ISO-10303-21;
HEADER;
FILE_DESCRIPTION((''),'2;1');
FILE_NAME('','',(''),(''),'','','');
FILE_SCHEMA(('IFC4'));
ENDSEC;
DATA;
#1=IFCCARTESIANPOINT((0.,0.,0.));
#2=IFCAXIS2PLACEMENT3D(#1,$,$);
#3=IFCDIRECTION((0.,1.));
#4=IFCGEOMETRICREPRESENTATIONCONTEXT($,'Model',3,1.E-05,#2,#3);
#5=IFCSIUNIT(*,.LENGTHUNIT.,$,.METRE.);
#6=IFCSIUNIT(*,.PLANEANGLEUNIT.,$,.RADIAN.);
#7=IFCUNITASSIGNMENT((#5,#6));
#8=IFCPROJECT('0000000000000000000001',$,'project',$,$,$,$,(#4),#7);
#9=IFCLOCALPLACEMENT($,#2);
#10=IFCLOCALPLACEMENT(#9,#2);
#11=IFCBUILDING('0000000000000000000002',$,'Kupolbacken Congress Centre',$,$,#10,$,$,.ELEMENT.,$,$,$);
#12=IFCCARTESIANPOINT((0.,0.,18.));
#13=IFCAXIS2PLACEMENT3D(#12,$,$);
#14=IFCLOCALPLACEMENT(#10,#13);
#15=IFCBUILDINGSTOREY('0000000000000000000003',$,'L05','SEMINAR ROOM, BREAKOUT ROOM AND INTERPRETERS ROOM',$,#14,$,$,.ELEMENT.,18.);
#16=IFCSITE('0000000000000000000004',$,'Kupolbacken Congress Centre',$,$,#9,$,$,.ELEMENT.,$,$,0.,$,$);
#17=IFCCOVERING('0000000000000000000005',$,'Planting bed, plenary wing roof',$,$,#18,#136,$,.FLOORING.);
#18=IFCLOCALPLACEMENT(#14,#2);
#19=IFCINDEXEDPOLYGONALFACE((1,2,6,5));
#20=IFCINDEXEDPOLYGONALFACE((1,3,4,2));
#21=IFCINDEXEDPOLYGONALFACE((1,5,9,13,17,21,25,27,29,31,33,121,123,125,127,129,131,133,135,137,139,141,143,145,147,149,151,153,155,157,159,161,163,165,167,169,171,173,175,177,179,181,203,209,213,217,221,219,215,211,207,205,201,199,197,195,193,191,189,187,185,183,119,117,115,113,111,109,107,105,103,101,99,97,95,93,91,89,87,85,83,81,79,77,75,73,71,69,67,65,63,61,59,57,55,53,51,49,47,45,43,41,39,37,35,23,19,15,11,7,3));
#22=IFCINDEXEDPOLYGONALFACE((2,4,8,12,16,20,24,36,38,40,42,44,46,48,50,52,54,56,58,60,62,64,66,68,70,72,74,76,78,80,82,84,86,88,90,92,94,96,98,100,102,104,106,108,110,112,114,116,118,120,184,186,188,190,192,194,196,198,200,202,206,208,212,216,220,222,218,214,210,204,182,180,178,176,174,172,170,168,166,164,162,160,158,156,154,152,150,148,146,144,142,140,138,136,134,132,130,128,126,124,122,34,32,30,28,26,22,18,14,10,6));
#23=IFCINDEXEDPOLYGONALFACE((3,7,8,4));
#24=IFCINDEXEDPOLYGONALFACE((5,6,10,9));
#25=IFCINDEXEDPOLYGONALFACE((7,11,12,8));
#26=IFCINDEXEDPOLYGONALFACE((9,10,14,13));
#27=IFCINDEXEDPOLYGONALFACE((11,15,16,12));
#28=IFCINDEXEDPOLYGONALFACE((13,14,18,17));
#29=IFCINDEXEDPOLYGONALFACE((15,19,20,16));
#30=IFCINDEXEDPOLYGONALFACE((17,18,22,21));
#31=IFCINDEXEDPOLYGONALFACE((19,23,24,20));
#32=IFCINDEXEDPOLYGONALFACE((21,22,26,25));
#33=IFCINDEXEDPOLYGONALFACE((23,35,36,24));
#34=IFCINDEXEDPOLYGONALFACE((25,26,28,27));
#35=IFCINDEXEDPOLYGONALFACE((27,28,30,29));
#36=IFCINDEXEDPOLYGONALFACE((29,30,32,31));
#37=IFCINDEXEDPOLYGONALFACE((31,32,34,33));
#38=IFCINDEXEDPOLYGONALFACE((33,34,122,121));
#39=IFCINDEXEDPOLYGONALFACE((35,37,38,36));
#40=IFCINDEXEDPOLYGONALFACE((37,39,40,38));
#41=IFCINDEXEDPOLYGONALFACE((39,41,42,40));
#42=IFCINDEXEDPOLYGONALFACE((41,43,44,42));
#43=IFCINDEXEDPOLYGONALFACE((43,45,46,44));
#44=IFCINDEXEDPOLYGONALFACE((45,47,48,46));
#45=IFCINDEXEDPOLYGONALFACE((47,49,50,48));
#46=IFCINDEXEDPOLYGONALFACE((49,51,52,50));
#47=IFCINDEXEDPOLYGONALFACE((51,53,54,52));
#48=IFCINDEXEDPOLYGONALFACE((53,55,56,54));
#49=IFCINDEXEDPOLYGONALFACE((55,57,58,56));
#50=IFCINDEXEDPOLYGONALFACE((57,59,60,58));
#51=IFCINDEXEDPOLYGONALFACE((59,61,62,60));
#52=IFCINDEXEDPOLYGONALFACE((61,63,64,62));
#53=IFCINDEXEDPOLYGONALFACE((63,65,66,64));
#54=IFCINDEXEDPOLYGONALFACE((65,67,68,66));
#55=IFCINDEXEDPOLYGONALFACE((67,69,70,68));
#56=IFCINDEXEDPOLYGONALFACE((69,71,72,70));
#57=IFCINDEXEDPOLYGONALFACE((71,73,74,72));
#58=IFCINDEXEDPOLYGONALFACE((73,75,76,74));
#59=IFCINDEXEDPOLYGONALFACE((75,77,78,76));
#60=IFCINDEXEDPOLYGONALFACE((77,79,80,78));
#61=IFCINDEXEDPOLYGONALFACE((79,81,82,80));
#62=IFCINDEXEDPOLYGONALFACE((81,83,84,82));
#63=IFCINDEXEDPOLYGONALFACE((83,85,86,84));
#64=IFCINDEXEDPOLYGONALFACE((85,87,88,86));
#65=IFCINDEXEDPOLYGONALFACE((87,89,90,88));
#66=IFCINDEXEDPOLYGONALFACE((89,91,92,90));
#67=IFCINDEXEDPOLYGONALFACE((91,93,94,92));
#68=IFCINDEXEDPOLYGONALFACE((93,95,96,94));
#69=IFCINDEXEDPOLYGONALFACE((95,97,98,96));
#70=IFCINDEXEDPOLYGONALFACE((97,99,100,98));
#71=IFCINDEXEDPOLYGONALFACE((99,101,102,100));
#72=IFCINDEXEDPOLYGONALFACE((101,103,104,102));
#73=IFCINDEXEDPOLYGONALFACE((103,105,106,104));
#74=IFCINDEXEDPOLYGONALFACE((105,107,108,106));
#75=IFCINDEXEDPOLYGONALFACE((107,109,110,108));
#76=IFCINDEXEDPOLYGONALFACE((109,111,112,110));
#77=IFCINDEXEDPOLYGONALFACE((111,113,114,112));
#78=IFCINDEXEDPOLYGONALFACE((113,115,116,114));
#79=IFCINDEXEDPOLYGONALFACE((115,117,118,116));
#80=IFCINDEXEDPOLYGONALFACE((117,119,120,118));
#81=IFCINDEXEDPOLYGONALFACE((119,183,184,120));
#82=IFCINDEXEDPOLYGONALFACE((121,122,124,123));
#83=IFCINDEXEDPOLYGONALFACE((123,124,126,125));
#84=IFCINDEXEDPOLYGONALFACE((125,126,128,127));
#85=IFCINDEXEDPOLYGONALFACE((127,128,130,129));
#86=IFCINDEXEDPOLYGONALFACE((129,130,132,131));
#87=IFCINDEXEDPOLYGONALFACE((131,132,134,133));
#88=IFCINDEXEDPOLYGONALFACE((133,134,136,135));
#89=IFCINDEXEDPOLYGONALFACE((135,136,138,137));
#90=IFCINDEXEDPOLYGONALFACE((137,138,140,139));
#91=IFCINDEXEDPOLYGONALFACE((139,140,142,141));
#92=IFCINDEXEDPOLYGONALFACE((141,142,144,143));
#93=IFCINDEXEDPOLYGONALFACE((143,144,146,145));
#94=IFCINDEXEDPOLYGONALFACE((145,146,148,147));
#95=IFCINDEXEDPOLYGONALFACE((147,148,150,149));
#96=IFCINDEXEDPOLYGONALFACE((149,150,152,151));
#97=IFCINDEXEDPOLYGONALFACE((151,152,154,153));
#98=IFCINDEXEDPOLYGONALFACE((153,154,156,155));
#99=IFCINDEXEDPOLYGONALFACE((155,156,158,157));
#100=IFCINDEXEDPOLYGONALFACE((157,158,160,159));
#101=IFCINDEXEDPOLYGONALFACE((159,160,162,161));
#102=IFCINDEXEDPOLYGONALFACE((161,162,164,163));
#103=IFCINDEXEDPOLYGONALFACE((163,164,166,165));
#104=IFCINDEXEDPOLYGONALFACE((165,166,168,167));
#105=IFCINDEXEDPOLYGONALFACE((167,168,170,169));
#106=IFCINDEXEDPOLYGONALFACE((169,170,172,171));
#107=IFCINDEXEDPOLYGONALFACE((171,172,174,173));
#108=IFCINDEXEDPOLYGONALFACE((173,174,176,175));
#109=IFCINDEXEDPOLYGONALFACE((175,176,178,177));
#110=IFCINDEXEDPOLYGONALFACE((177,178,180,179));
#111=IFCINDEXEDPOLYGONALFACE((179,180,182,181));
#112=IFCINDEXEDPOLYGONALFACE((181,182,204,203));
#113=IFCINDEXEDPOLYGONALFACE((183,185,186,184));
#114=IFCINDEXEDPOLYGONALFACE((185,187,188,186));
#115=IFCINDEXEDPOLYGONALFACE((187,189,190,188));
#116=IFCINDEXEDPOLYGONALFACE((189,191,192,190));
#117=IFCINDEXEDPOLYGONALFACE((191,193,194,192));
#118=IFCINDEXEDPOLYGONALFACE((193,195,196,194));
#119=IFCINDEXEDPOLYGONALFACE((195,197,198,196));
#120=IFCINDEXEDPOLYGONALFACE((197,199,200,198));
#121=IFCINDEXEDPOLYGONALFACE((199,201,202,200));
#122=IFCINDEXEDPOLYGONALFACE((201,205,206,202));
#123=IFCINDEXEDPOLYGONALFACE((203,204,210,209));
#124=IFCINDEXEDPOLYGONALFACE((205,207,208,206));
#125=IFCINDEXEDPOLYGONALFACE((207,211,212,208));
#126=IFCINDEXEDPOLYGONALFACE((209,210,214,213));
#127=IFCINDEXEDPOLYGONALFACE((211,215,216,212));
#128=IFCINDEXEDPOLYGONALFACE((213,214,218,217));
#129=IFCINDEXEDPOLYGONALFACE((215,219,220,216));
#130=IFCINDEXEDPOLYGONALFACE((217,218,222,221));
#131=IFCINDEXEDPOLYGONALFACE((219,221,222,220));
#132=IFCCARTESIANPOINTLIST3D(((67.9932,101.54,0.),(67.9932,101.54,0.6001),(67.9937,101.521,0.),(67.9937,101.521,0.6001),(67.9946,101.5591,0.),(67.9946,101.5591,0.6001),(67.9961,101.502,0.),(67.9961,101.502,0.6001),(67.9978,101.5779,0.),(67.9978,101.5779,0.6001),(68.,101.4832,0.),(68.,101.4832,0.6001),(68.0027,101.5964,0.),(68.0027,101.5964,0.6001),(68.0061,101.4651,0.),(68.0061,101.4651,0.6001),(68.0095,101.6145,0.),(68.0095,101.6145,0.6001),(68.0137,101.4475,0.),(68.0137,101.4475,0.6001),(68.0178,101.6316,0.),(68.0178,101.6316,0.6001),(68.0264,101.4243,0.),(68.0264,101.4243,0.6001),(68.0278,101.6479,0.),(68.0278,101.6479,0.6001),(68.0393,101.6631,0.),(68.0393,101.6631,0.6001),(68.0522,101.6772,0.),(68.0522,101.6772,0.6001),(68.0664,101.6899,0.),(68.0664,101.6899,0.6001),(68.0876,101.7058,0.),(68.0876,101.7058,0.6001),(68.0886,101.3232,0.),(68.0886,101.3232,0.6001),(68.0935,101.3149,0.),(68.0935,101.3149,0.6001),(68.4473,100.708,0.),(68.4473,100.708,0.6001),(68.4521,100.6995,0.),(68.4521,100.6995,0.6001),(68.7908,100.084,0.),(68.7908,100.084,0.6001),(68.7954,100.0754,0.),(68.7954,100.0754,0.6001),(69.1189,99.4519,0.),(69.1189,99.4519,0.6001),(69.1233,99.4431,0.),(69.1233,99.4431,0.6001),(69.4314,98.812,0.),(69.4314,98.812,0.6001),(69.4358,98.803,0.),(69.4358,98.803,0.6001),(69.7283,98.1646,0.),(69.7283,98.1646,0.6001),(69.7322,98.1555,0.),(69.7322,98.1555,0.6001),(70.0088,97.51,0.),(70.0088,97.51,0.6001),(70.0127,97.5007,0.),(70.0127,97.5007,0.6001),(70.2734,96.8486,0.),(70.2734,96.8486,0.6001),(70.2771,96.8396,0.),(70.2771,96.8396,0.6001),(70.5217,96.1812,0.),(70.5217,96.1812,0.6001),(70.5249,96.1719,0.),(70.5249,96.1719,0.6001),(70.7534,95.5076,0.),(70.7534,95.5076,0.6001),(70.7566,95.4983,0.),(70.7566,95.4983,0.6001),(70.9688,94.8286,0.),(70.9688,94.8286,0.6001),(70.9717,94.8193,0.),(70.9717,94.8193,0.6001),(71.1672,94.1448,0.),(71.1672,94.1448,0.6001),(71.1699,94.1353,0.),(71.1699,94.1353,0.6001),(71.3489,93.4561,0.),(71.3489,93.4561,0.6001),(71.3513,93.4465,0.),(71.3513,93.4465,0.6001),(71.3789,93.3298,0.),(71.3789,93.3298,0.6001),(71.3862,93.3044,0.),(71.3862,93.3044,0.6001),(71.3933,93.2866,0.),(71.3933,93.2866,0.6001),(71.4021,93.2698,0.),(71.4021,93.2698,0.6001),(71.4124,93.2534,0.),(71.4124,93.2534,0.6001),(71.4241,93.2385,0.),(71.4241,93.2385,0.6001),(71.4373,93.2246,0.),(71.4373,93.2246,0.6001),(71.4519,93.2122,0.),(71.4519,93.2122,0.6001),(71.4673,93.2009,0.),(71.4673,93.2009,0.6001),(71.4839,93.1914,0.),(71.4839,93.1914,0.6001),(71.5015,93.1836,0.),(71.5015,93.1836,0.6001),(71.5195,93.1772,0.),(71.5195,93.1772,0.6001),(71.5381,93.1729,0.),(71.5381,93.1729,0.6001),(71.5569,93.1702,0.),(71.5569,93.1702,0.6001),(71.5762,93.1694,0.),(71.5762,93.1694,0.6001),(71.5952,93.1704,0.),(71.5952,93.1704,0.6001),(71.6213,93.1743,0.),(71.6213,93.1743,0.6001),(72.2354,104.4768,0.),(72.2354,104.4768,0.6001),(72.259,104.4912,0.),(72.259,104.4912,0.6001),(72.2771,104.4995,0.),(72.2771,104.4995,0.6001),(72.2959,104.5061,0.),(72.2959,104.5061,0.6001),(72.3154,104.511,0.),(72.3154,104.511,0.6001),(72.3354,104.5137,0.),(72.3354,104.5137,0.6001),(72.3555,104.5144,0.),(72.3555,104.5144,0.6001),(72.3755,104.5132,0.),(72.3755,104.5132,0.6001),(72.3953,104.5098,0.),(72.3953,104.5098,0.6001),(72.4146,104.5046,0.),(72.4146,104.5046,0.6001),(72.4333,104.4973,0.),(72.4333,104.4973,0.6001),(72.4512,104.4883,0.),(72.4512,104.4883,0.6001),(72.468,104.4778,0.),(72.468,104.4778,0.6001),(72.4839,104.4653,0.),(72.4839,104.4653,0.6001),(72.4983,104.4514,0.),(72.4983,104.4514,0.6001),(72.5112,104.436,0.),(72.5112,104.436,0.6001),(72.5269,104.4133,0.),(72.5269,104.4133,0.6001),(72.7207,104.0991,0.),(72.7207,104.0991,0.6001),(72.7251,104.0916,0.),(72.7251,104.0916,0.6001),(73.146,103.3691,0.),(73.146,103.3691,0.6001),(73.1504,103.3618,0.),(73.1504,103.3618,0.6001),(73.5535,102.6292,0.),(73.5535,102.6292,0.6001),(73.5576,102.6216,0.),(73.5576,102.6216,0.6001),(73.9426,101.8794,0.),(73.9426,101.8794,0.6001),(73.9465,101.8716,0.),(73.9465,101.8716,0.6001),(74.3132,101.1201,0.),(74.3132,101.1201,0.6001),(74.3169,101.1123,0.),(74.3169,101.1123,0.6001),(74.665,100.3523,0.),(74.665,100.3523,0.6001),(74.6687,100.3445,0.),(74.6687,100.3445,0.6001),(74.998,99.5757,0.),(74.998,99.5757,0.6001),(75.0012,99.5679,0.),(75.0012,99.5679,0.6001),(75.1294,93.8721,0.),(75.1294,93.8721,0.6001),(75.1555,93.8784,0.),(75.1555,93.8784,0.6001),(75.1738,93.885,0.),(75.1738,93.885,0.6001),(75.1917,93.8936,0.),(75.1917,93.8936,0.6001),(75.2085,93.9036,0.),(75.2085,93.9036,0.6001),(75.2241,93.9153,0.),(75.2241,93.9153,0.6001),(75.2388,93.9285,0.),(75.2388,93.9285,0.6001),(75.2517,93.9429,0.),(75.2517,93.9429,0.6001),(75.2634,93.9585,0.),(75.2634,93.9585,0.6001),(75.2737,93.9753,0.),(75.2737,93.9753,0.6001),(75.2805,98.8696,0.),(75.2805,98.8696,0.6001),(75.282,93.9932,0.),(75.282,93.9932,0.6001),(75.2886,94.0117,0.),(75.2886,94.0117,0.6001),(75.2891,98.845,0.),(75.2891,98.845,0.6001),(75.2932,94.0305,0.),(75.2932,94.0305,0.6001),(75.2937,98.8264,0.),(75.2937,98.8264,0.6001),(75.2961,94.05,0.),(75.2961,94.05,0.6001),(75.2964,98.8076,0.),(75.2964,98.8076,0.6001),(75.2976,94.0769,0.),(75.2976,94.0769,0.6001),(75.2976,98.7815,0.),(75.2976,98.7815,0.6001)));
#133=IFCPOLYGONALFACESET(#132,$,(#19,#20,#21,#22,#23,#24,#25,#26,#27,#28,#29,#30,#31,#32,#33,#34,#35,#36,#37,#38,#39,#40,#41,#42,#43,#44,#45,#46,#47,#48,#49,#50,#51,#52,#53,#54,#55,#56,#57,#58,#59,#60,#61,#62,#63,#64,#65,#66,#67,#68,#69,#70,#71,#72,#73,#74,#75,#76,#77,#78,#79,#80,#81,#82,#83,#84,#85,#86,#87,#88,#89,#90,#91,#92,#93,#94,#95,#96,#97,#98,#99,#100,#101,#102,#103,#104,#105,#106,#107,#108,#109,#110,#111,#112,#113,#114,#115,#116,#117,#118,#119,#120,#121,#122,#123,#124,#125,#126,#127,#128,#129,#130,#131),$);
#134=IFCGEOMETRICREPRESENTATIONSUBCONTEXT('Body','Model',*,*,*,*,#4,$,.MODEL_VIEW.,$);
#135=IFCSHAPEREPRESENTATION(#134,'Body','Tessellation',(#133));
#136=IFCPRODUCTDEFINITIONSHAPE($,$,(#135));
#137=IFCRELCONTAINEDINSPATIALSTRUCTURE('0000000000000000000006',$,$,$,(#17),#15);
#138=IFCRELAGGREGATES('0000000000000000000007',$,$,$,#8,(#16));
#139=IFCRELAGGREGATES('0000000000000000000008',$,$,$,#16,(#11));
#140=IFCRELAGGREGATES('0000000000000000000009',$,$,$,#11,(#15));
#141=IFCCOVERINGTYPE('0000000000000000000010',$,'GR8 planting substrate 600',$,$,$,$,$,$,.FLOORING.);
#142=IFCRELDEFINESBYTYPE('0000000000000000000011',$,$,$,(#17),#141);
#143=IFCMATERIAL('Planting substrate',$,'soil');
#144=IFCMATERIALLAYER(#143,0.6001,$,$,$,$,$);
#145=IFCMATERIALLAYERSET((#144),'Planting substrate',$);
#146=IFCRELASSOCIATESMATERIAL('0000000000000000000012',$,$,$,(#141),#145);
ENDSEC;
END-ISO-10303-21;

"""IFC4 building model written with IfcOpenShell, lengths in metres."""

from ifc_helpers import new_model, si_unit, direction, frame, origin, place, context, subcontext, project, spatial, polyline, outline, extrude, material, layer, layer_set, type_object, element, save


model = new_model("IFC4")

# Units and contexts
model_context = context("Model", 3, precision=1e-05, world=origin(), true_north=direction((0.0, 1.0)))
body_context = subcontext(model_context, "Body", "Model", "MODEL_VIEW")
ifc_project = project(units=[si_unit("LENGTHUNIT", "METRE"), si_unit("PLANEANGLEUNIT", "RADIAN")], contexts=[model_context])

# Site, building, storey
site_placement = place(None, origin())
site = spatial("IfcSite", under=ifc_project, at=site_placement, Name="Kupolbacken Congress Centre", CompositionType="ELEMENT", RefElevation=0.0)
building_placement = place(site_placement, origin())
building = spatial("IfcBuilding", under=site, at=building_placement, Name="Kupolbacken Congress Centre", CompositionType="ELEMENT")
storey_placement = place(building_placement, frame((0.0, 0.0, 18.0)))
storey = spatial("IfcBuildingStorey", under=building, at=storey_placement, Name="L05", Description="SEMINAR ROOM, BREAKOUT ROOM AND INTERPRETERS ROOM", CompositionType="ELEMENT", Elevation=18.0)

# Covering
ifc_material_1 = material(Name="Planting substrate", Category="soil")
ifc_layer_1 = layer(ifc_material_1, 0.6001)
ifc_layer_set_1 = layer_set([ifc_layer_1], Name="Planting substrate")
covering_type_1 = type_object("IfcCoveringType", Name="GR8 planting substrate 600", PredefinedType="FLOORING", material=ifc_layer_set_1)
covering_1_placement = place(storey_placement, origin())
element("IfcCovering", 1, at=covering_1_placement, inside=storey, type_object=covering_type_1, Name="Planting bed, plenary wing roof", PredefinedType="FLOORING", context=body_context, shape_type="SweptSolid", body=[
    extrude(outline(polyline([(72.2354, 104.4768), (72.259, 104.4912), (72.2771, 104.4995), (72.2959, 104.5061), (72.3154, 104.511), (72.3354, 104.5137), (72.3555, 104.5144), (72.3755, 104.5132), (72.3953, 104.5098), (72.4146, 104.5046), (72.4333, 104.4973), (72.4512, 104.4883), (72.468, 104.4778), (72.4839, 104.4653), (72.4983, 104.4514), (72.5112, 104.436), (72.5269, 104.4133), (72.7207, 104.0991), (72.7251, 104.0916), (73.146, 103.3691), (73.1504, 103.3618), (73.5535, 102.6292), (73.5576, 102.6216), (73.9426, 101.8794), (73.9465, 101.8716), (74.3132, 101.1201), (74.3169, 101.1123), (74.665, 100.3523), (74.6687, 100.3445), (74.998, 99.5757), (75.0012, 99.5679), (75.2805, 98.8696), (75.2891, 98.845), (75.2937, 98.8264), (75.2964, 98.8076), (75.2976, 98.7815), (75.2976, 94.0769), (75.2961, 94.05), (75.2932, 94.0305), (75.2886, 94.0117), (75.282, 93.9932), (75.2737, 93.9753), (75.2634, 93.9585), (75.2517, 93.9429), (75.2388, 93.9285), (75.2241, 93.9153), (75.2085, 93.9036), (75.1917, 93.8936), (75.1738, 93.885), (75.1555, 93.8784), (75.1294, 93.8721), (71.6213, 93.1743), (71.5952, 93.1704), (71.5762, 93.1694), (71.5569, 93.1702), (71.5381, 93.1729), (71.5195, 93.1772), (71.5015, 93.1836), (71.4839, 93.1914), (71.4673, 93.2009), (71.4519, 93.2122), (71.4373, 93.2246), (71.4241, 93.2385), (71.4124, 93.2534), (71.4021, 93.2698), (71.3933, 93.2866), (71.3862, 93.3044), (71.3789, 93.3298), (71.3513, 93.4465), (71.3489, 93.4561), (71.1699, 94.1353), (71.1672, 94.1448), (70.9717, 94.8193), (70.9688, 94.8286), (70.7566, 95.4983), (70.7534, 95.5076), (70.5249, 96.1719), (70.5217, 96.1812), (70.2771, 96.8396), (70.2734, 96.8486), (70.0127, 97.5007), (70.0088, 97.51), (69.7322, 98.1555), (69.7283, 98.1646), (69.4358, 98.803), (69.4314, 98.812), (69.1233, 99.4431), (69.1189, 99.4519), (68.7954, 100.0754), (68.7908, 100.084), (68.4521, 100.6995), (68.4473, 100.708), (68.0935, 101.3149), (68.0886, 101.3232), (68.0264, 101.4243), (68.0137, 101.4475), (68.0061, 101.4651), (68.0, 101.4832), (67.9961, 101.502), (67.9937, 101.521), (67.9932, 101.54), (67.9946, 101.5591), (67.9978, 101.5779), (68.0027, 101.5964), (68.0095, 101.6145), (68.0178, 101.6316), (68.0278, 101.6479), (68.0393, 101.6631), (68.0522, 101.6772), (68.0664, 101.6899), (68.0876, 101.7058), (72.2354, 104.4768)])), origin(), (0.0, 0.0, 1.0), 0.6001),
])

save(model, "model.ifc")
